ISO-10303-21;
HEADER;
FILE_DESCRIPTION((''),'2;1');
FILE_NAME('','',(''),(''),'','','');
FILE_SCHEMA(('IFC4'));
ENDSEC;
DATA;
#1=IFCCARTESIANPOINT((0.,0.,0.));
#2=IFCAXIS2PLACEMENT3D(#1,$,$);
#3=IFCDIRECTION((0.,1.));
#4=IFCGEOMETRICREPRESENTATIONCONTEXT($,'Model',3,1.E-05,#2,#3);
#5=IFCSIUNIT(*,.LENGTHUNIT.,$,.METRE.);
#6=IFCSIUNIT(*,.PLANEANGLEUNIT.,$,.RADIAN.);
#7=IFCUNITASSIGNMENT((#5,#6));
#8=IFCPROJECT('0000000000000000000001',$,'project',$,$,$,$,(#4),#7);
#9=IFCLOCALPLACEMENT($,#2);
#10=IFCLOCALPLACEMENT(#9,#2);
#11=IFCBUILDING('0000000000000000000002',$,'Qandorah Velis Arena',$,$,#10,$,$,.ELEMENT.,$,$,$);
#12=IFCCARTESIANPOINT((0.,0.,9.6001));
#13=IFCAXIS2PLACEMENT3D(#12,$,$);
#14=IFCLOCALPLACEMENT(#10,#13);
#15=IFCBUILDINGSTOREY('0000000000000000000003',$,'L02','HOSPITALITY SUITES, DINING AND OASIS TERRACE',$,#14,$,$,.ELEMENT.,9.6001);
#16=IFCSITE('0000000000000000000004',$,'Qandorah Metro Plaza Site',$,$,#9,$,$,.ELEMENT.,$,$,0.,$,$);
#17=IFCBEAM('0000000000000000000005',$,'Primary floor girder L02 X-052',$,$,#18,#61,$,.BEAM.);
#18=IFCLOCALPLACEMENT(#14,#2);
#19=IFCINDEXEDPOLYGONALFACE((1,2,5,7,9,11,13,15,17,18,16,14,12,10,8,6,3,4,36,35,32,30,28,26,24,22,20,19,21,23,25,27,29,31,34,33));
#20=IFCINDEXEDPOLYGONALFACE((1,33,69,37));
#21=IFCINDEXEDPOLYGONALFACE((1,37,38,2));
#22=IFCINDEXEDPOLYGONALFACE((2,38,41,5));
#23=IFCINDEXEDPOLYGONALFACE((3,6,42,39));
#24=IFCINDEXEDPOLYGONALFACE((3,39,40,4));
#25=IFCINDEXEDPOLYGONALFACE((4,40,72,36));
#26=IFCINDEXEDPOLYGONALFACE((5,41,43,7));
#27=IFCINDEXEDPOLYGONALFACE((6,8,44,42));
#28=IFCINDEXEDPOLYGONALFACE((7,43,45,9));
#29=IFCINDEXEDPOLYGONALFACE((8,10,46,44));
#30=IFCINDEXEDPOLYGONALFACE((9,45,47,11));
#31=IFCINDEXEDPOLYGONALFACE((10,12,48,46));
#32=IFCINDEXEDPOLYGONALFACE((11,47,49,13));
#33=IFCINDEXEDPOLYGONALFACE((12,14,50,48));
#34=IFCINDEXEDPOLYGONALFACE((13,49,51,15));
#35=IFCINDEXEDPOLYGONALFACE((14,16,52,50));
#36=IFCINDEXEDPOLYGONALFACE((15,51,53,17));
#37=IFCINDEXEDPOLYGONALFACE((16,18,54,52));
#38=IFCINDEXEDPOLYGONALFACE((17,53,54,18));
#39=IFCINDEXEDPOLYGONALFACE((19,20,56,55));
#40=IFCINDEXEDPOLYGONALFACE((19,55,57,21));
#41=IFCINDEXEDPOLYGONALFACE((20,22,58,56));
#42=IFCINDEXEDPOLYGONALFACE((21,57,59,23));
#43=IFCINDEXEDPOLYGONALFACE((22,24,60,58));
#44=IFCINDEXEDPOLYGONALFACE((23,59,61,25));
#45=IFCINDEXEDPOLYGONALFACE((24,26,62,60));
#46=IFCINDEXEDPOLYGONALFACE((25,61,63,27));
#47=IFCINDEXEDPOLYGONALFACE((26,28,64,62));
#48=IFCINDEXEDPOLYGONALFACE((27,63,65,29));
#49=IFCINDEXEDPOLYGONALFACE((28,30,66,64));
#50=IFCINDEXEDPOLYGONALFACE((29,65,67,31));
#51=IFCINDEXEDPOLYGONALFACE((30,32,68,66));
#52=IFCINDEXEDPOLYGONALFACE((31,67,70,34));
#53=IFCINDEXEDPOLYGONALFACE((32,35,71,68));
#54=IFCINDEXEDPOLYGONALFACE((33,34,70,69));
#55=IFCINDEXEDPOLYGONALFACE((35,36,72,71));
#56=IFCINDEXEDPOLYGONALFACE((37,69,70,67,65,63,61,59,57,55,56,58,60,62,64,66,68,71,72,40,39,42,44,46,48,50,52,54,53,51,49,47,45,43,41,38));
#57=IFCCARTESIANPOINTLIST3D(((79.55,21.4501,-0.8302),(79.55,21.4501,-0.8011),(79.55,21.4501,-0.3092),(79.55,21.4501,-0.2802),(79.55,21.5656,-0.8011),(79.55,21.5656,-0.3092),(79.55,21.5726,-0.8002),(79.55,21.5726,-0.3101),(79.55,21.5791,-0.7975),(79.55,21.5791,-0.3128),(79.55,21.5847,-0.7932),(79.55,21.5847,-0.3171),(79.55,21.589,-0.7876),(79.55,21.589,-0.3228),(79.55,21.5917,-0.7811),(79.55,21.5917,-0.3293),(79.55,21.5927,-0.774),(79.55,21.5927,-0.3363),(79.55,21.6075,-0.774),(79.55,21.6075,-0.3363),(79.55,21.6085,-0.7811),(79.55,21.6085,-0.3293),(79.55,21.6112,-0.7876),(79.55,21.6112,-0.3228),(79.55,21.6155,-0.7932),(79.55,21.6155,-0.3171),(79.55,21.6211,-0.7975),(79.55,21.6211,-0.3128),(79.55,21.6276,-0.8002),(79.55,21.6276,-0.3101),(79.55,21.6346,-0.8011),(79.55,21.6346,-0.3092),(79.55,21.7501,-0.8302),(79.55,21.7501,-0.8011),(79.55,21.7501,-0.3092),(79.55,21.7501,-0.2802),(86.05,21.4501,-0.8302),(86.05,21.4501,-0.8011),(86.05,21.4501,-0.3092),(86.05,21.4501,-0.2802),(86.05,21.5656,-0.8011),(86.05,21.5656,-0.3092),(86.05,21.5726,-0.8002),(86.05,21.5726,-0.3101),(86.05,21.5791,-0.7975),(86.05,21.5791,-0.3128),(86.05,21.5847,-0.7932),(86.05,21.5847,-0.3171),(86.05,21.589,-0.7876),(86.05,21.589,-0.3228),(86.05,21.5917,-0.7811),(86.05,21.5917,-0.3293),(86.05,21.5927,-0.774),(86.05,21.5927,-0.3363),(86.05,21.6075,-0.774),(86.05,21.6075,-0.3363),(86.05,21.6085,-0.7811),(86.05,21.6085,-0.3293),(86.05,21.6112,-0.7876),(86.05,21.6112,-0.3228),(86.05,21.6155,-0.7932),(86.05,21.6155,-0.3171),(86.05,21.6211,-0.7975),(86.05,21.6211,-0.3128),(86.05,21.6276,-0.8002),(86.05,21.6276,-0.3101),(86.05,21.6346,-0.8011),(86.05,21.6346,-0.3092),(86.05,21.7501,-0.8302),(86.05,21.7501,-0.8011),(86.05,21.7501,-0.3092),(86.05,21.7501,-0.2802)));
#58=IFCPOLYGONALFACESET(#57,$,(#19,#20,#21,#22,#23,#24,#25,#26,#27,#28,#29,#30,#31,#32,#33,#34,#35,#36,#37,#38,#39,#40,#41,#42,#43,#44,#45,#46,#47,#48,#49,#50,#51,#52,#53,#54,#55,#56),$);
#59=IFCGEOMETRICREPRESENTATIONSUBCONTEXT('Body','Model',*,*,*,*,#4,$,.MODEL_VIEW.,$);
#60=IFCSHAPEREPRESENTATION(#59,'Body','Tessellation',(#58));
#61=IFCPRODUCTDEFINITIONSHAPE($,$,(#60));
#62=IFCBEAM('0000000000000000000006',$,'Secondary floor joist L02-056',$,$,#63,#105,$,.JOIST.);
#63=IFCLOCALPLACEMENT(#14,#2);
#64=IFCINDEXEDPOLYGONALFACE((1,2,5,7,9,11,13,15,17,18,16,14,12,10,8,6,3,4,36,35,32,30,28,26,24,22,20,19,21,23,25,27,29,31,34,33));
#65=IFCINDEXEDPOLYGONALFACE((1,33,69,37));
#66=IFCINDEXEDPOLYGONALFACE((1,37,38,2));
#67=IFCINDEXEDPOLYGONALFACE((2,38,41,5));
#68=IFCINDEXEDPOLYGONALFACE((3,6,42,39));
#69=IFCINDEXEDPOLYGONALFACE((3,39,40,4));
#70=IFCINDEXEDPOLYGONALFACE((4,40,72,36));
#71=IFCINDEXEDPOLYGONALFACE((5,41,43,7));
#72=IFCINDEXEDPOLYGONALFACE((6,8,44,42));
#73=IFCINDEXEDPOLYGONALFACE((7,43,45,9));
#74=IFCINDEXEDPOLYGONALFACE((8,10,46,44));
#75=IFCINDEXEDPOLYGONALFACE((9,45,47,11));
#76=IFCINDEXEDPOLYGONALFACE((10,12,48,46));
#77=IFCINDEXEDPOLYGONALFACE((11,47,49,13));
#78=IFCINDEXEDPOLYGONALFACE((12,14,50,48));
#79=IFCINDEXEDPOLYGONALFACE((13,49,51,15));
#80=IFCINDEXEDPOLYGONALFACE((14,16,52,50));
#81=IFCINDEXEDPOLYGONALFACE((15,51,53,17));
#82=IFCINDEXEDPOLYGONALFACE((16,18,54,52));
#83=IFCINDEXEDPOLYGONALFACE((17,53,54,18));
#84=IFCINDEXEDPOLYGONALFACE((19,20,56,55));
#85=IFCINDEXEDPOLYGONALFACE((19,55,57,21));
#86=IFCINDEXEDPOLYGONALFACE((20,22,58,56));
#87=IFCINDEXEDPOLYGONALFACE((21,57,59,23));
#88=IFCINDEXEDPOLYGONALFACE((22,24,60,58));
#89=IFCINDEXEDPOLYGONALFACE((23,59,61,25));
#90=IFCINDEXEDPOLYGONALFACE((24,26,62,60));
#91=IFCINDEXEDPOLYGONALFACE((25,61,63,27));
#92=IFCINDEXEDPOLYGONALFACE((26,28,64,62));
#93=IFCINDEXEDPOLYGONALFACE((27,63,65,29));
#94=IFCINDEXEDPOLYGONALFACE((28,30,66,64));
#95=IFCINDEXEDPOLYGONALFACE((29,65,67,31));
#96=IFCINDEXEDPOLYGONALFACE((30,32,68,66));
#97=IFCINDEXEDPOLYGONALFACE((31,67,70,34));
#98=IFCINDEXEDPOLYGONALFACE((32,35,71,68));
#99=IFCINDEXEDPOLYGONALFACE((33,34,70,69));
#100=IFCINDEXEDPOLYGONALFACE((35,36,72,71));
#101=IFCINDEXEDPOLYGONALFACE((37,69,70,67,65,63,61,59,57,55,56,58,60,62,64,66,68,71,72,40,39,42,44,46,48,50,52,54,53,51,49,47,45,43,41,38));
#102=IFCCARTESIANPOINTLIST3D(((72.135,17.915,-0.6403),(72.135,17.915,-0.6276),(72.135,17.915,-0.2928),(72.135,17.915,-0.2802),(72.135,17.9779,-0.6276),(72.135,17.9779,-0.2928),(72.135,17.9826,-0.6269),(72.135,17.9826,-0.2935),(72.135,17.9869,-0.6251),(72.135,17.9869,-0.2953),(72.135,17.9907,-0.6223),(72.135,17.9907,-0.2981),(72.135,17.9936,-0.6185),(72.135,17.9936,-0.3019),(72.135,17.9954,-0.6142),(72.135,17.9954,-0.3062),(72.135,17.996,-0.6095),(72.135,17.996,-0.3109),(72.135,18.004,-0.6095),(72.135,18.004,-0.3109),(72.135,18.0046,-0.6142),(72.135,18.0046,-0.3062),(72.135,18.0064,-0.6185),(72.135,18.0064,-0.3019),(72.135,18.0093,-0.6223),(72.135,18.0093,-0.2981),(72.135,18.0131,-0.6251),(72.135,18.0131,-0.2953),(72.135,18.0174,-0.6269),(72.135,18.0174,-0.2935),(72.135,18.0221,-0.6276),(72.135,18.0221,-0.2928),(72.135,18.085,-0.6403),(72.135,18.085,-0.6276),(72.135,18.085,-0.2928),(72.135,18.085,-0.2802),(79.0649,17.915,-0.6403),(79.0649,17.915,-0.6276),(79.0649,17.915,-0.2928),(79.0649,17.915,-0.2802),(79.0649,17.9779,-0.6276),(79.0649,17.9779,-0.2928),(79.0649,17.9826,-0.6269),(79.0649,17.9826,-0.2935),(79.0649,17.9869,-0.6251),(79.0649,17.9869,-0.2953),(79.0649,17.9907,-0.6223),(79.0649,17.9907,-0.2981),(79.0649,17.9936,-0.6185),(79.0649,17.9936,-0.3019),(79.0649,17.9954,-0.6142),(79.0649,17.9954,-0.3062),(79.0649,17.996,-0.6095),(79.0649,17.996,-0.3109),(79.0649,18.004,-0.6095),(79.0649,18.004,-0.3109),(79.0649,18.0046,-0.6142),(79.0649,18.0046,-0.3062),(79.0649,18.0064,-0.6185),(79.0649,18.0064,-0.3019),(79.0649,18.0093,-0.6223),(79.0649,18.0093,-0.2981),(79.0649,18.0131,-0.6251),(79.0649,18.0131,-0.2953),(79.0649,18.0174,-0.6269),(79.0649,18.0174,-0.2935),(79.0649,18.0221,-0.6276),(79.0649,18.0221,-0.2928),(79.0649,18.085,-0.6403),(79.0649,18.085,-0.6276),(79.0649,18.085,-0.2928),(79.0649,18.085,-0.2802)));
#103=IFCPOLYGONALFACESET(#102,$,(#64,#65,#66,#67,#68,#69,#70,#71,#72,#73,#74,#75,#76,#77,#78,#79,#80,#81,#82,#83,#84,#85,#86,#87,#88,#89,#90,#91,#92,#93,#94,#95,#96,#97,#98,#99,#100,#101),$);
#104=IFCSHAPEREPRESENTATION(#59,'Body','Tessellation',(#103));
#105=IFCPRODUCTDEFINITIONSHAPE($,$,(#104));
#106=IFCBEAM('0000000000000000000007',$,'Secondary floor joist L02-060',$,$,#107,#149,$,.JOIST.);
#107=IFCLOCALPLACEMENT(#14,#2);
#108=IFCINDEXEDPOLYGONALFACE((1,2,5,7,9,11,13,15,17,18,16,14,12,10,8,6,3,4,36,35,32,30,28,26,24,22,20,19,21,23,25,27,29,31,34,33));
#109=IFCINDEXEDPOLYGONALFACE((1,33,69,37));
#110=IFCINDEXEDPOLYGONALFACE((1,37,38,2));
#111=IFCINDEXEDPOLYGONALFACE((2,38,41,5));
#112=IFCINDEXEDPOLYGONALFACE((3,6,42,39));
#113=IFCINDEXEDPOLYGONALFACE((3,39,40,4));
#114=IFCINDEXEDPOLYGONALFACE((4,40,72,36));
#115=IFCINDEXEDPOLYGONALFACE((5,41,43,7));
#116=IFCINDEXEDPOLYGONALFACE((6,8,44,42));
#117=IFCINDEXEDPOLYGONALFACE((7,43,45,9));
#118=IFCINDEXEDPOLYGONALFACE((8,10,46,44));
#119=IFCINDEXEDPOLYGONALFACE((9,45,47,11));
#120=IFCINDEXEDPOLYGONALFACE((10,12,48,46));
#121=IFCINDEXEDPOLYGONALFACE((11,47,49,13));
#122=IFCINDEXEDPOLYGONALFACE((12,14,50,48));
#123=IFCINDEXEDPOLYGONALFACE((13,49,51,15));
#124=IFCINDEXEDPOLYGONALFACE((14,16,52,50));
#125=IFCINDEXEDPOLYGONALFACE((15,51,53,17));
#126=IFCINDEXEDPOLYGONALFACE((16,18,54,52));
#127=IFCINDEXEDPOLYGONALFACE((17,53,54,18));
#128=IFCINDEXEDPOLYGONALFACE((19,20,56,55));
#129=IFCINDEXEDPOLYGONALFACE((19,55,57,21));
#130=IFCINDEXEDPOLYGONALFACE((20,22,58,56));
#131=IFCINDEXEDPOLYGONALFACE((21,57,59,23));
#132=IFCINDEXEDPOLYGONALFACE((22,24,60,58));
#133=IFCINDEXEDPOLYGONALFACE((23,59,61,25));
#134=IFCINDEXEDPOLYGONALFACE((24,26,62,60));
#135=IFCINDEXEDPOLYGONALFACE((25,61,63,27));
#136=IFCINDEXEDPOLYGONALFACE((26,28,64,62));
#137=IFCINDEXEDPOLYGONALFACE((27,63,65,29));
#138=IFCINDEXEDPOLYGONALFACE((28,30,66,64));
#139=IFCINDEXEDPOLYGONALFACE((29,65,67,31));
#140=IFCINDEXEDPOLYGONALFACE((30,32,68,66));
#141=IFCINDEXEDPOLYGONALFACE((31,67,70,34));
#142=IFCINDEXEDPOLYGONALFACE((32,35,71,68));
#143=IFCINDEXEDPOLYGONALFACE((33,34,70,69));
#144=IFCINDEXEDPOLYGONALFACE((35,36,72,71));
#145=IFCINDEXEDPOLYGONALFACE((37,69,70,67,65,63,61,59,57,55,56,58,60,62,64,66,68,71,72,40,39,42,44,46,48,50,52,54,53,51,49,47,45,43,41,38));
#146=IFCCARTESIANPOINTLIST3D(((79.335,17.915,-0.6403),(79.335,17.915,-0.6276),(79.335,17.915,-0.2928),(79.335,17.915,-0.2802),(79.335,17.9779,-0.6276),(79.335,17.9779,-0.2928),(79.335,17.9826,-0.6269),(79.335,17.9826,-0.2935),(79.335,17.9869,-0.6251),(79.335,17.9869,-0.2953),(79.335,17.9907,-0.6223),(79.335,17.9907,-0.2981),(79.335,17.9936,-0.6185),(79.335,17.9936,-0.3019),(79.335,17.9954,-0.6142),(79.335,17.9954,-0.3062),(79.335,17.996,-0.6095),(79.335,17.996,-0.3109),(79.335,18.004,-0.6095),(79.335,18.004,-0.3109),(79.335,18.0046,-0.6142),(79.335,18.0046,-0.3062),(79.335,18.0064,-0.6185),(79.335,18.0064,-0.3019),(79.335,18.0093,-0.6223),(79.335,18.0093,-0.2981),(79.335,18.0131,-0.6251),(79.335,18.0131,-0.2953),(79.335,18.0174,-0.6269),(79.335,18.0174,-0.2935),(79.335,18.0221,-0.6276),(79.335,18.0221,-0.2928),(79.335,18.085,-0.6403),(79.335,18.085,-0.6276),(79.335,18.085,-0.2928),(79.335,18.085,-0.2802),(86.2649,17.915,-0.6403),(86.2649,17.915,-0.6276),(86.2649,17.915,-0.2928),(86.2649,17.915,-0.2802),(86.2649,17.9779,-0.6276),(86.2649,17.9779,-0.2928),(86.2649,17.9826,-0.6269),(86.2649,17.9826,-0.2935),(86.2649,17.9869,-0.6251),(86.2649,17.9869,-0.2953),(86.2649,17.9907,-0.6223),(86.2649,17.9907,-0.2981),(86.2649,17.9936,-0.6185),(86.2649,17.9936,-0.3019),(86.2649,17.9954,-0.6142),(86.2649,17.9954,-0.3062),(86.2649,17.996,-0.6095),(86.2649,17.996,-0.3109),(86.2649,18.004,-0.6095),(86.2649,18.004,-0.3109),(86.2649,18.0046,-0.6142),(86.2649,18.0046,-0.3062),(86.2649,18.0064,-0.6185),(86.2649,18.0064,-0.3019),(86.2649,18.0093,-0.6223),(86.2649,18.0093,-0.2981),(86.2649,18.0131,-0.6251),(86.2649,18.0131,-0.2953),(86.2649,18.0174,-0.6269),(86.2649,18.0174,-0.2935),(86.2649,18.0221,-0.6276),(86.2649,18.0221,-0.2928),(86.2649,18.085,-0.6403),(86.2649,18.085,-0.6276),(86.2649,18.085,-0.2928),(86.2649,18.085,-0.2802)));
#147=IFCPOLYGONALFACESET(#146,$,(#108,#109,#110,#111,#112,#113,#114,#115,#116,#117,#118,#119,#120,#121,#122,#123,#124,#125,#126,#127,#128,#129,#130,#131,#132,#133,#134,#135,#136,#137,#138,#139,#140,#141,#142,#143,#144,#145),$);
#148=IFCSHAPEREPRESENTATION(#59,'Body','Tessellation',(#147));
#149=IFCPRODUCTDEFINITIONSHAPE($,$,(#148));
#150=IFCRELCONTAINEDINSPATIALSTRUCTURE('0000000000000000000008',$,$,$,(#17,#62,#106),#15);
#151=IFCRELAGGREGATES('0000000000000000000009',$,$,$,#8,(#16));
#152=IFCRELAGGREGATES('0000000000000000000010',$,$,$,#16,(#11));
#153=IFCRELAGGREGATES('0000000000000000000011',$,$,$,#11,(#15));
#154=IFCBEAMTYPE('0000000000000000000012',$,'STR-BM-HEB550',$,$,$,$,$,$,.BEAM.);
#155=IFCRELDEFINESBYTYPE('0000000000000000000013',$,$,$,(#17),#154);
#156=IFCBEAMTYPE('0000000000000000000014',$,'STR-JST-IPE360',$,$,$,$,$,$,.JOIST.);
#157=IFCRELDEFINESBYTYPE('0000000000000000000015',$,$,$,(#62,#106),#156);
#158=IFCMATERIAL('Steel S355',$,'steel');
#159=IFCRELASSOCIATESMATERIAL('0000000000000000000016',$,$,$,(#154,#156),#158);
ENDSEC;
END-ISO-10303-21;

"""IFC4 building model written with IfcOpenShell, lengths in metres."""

from ifc_helpers import new_model, si_unit, direction, frame, origin, origin_2d, place, context, subcontext, project, spatial, i_section, extrude, material, material_profile, profile_set, type_object, element, save


model = new_model("IFC4")

# Units and contexts
model_context = context("Model", 3, precision=1e-05, world=origin(), true_north=direction((0.0, 1.0)))
body_context = subcontext(model_context, "Body", "Model", "MODEL_VIEW")
ifc_project = project(units=[si_unit("LENGTHUNIT", "METRE"), si_unit("PLANEANGLEUNIT", "RADIAN")], contexts=[model_context])

# Site, building, storey
site_placement = place(None, origin())
site = spatial("IfcSite", under=ifc_project, at=site_placement, Name="Qandorah Metro Plaza Site", CompositionType="ELEMENT", RefElevation=0.0)
building_placement = place(site_placement, origin())
building = spatial("IfcBuilding", under=site, at=building_placement, Name="Qandorah Velis Arena", CompositionType="ELEMENT")
storey_placement = place(building_placement, frame((0.0, 0.0, 9.6001)))
storey = spatial("IfcBuildingStorey", under=building, at=storey_placement, Name="L02", Description="HOSPITALITY SUITES, DINING AND OASIS TERRACE", CompositionType="ELEMENT", Elevation=9.6001)

# Shared definitions
ifc_material_1 = material(Name="Steel S355", Category="steel")

# Beams
ifc_material_profile_1 = material_profile(ifc_material_1, i_section(OverallWidth=0.3, OverallDepth=0.55, WebThickness=0.0149, FlangeThickness=0.0291, FilletRadius=0.0271, at=origin_2d()), Name="HEB 550")
ifc_profile_set_1 = profile_set([ifc_material_profile_1], Name="Steel S355")
beam_type_1 = type_object("IfcBeamType", Name="STR-BM-HEB550", PredefinedType="BEAM", material=ifc_profile_set_1)
beam_1_placement = place(storey_placement, frame((79.55, 21.6001, -0.5552), z_axis=(1.0, 0.0, 0.0), x_axis=(0.0, 1.0, 0.0)))
element("IfcBeam", 1, at=beam_1_placement, inside=storey, type_object=beam_type_1, Name="Primary floor girder L02 X-052", PredefinedType="BEAM", context=body_context, shape_type="SweptSolid", body=[
    extrude(i_section(OverallWidth=0.3, OverallDepth=0.55, WebThickness=0.0149, FlangeThickness=0.0291, FilletRadius=0.0271, at=origin_2d()), origin(), (0.0, 0.0, 1.0), 6.5),
])
ifc_material_profile_2 = material_profile(ifc_material_1, i_section(OverallWidth=0.1699, OverallDepth=0.3601, WebThickness=0.0081, FlangeThickness=0.0127, FilletRadius=0.0181, at=origin_2d()), Name="IPE 360")
ifc_profile_set_2 = profile_set([ifc_material_profile_2], Name="Steel S355")
beam_type_2 = type_object("IfcBeamType", Name="STR-JST-IPE360", PredefinedType="JOIST", material=ifc_profile_set_2)
for number, where, z_axis, x_axis, name in (
    (2, (72.135, 18.0, -0.4602), (1.0, 0.0, 0.0), (0.0, 1.0, 0.0), "Secondary floor joist L02-056"),
    (3, (79.335, 18.0, -0.4602), (1.0, 0.0, 0.0), (0.0, 1.0, 0.0), "Secondary floor joist L02-060"),
):
    element("IfcBeam", number, at=place(storey_placement, frame(where, z_axis=z_axis, x_axis=x_axis)), inside=storey, type_object=beam_type_2, Name=name, PredefinedType="JOIST", context=body_context, shape_type="SweptSolid", body=[
        extrude(i_section(OverallWidth=0.1699, OverallDepth=0.3601, WebThickness=0.0081, FlangeThickness=0.0127, FilletRadius=0.0181, at=origin_2d()), origin(), (0.0, 0.0, 1.0), 6.9299),
    ])

save(model, "model.ifc")
